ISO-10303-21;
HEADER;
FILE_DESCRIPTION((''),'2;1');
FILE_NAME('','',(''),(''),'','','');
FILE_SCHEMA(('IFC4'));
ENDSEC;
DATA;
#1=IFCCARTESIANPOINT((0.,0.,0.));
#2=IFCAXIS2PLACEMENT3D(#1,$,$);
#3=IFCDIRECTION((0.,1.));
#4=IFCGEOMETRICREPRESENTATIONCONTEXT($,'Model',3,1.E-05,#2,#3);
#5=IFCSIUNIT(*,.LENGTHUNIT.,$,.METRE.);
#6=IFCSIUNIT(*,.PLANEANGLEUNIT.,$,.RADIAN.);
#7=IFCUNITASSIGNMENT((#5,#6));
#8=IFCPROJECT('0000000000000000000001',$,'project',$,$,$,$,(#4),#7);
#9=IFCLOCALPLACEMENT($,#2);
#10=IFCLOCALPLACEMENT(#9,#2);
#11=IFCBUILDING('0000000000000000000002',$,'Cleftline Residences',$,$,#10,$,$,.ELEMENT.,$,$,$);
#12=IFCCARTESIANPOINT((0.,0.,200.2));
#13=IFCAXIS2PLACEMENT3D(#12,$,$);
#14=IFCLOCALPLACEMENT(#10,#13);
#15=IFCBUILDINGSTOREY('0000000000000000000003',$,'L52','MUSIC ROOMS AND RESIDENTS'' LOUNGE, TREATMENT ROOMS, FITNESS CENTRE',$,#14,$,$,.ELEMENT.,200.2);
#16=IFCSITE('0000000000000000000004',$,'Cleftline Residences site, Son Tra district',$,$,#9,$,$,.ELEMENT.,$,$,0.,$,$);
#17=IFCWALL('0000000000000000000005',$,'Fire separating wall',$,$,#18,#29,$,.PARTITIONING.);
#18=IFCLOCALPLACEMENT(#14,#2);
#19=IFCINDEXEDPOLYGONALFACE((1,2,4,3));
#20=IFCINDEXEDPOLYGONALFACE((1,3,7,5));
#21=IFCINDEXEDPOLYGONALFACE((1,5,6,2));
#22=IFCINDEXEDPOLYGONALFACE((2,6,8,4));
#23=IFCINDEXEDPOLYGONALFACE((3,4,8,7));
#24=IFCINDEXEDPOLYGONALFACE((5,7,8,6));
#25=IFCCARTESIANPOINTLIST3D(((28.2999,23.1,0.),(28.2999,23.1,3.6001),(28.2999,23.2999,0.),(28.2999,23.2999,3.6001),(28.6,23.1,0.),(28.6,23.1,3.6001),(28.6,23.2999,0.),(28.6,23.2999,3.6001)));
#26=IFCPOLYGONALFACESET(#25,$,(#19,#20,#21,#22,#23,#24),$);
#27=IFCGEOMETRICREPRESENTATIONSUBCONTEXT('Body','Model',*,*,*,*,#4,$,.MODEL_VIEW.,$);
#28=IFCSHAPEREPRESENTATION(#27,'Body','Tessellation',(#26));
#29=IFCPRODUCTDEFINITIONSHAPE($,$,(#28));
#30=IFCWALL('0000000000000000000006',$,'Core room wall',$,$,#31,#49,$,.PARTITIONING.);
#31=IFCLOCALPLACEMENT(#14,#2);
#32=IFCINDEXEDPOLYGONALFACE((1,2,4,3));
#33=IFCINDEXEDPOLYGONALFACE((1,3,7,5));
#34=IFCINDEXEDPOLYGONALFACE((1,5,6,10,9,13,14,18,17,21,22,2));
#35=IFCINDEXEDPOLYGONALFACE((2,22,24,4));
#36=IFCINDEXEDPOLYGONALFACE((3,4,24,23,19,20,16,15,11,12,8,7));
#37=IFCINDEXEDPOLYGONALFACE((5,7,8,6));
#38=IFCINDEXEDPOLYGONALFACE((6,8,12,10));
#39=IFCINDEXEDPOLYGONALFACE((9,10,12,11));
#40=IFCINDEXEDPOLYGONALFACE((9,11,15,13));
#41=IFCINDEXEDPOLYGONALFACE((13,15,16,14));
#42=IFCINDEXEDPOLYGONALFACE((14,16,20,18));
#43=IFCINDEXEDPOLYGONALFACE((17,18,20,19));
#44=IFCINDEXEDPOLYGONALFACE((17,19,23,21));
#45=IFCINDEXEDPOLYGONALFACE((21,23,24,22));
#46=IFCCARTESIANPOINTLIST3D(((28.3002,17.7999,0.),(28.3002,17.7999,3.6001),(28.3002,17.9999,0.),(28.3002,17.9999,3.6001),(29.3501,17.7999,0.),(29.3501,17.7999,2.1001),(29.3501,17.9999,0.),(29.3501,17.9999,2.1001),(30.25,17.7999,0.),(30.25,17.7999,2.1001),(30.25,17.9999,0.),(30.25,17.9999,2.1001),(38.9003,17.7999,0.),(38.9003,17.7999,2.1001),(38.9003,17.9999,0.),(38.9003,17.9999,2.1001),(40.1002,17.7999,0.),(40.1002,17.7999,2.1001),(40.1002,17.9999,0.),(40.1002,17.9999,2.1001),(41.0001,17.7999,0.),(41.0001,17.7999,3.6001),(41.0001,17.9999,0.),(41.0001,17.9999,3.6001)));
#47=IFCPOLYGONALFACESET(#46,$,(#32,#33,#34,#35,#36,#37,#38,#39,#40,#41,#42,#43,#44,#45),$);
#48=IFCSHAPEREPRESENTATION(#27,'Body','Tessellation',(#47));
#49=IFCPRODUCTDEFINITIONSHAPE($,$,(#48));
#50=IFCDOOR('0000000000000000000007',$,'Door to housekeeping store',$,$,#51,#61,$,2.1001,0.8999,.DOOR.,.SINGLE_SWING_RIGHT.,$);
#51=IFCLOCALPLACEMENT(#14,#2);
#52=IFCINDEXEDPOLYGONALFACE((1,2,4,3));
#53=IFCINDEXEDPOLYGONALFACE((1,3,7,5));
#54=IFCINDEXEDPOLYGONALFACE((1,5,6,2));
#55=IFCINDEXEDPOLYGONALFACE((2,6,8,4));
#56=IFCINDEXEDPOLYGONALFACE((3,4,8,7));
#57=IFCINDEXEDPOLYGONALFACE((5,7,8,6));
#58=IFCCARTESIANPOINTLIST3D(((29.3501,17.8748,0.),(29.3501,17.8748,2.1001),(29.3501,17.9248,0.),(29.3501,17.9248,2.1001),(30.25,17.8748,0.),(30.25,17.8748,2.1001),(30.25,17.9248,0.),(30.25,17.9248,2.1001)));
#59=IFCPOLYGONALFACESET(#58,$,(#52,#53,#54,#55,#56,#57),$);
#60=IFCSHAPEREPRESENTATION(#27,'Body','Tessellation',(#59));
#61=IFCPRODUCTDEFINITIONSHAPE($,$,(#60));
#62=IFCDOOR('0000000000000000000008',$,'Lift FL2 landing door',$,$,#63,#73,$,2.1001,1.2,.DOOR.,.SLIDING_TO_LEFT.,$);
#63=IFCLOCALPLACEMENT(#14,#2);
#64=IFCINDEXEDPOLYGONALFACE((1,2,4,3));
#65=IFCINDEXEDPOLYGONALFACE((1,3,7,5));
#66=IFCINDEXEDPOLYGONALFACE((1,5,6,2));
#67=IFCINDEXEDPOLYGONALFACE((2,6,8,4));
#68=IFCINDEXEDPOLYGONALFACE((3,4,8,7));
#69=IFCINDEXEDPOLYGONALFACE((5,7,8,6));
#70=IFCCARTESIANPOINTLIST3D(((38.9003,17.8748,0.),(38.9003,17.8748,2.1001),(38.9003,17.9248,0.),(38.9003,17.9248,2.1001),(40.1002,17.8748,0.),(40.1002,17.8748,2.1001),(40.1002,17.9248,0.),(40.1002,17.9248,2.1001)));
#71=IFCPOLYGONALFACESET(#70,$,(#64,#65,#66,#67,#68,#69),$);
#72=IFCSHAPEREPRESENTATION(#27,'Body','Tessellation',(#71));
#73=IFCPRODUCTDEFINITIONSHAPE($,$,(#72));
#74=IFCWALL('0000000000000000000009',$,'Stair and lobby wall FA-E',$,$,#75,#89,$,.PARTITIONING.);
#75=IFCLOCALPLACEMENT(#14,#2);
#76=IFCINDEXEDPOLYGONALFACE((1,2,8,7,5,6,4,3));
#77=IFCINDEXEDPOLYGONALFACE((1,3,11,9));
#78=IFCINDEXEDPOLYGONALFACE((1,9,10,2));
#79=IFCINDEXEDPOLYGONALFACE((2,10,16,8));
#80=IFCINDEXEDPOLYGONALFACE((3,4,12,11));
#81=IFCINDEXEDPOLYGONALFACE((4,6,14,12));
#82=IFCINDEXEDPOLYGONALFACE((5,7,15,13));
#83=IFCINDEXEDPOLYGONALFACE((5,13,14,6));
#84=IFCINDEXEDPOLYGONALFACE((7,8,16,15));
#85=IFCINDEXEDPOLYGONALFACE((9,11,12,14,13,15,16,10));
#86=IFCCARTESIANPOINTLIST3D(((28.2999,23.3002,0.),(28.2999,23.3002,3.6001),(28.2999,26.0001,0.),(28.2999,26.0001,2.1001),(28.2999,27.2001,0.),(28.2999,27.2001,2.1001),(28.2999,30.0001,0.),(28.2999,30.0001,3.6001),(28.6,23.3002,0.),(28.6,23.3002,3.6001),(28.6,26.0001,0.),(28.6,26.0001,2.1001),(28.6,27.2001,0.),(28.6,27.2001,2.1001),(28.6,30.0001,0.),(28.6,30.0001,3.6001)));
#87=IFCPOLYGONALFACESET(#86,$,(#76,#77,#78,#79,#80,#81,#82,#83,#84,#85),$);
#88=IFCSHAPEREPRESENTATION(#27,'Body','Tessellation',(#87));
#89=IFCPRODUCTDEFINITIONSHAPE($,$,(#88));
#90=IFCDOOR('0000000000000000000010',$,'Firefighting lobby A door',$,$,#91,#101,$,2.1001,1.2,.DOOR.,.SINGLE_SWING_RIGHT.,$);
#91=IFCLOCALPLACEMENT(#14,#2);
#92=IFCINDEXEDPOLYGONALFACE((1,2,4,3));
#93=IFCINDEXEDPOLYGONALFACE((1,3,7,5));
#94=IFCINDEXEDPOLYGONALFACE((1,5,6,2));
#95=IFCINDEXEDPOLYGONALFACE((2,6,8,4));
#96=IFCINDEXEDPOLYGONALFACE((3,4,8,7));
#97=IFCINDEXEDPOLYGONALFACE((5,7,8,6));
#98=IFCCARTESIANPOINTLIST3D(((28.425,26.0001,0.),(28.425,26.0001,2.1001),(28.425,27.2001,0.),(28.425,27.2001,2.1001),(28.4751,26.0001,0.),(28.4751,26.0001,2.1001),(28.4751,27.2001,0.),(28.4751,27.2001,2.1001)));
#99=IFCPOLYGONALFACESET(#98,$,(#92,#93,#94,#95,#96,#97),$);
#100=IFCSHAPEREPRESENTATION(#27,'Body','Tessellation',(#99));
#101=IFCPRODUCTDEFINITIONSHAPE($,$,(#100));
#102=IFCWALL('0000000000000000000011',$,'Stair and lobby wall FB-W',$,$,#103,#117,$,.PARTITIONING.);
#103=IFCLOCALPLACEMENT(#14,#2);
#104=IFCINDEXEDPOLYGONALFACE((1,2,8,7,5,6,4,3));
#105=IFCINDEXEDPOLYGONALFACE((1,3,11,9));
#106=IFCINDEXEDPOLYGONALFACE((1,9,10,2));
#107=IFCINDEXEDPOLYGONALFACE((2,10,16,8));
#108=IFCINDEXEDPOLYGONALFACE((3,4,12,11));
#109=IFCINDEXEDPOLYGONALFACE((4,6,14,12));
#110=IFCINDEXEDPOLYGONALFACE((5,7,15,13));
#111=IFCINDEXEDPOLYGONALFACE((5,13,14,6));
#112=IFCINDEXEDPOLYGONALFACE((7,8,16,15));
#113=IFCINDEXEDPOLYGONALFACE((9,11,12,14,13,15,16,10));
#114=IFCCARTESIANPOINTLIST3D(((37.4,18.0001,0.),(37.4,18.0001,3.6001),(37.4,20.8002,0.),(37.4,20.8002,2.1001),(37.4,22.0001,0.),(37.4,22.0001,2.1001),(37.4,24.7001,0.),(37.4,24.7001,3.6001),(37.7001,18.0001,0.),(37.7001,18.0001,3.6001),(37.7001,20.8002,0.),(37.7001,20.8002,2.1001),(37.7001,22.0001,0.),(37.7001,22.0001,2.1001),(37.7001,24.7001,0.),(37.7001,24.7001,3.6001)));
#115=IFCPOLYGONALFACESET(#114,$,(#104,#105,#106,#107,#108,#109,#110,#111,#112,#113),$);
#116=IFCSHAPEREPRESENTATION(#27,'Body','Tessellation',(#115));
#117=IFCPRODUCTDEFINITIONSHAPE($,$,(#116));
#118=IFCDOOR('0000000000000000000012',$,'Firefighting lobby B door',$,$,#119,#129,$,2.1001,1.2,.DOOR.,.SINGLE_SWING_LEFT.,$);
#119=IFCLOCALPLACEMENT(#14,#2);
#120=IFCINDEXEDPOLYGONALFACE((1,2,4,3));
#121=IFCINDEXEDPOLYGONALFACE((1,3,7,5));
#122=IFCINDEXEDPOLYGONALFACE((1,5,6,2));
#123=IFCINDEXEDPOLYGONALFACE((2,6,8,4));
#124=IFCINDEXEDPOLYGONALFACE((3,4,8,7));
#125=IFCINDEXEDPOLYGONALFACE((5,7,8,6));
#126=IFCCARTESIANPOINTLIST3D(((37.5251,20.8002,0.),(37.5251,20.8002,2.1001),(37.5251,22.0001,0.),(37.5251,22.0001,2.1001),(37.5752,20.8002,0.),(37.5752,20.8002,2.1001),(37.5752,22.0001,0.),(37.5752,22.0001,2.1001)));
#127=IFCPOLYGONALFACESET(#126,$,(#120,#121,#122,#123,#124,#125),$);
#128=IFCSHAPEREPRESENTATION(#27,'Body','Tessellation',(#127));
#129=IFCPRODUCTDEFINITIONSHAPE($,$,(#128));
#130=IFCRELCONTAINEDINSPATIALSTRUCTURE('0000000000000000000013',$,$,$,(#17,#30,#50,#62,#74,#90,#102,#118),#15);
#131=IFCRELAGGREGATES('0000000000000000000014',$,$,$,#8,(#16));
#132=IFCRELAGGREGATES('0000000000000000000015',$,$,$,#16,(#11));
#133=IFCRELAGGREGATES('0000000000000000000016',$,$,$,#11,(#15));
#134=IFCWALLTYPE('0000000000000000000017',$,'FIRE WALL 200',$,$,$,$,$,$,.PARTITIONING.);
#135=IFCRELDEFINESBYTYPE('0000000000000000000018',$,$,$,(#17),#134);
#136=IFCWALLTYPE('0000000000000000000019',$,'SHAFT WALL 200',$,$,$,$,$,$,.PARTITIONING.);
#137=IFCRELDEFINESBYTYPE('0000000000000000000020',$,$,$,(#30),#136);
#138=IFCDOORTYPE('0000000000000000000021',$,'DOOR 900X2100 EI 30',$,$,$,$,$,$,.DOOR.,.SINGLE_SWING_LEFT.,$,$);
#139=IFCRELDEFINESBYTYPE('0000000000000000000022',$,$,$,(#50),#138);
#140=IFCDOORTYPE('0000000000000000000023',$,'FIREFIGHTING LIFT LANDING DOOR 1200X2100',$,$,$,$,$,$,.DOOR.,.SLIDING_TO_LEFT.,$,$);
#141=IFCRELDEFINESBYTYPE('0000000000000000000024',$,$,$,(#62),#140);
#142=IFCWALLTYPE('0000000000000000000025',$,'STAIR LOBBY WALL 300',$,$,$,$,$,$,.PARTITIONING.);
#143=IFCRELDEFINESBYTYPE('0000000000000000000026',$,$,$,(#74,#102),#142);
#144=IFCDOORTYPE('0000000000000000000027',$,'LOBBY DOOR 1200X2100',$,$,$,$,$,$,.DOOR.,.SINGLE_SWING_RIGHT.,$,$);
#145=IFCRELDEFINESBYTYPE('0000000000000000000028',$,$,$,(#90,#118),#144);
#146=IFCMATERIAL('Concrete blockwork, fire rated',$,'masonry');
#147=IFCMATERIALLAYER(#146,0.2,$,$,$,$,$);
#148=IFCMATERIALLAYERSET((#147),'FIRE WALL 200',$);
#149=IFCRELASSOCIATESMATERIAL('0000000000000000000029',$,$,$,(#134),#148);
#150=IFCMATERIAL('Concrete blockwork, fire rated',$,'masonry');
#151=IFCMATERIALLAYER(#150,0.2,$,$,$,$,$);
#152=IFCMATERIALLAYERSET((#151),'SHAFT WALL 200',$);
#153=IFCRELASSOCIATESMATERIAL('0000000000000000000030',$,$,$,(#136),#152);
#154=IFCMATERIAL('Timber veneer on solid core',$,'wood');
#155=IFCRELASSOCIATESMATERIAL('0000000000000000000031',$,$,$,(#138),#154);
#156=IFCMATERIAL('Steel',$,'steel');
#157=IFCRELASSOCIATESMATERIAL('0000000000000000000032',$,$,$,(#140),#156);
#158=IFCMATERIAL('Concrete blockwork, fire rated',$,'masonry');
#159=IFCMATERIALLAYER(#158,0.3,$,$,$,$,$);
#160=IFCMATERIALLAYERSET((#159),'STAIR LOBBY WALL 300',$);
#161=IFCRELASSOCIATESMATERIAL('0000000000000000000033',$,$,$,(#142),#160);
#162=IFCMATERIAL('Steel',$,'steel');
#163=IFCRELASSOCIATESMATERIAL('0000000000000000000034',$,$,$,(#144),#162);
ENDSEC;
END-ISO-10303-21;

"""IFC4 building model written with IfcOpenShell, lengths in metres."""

from ifc_helpers import new_model, si_unit, direction, frame, frame_2d, origin, place, context, subcontext, project, spatial, rectangle, extrude, material, layer, layer_set, type_object, element, fill, save


model = new_model("IFC4")

# Units and contexts
model_context = context("Model", 3, precision=1e-05, world=origin(), true_north=direction((0.0, 1.0)))
body_context = subcontext(model_context, "Body", "Model", "MODEL_VIEW")
ifc_project = project(units=[si_unit("LENGTHUNIT", "METRE"), si_unit("PLANEANGLEUNIT", "RADIAN")], contexts=[model_context])

# Site, building, storey
site_placement = place(None, origin())
site = spatial("IfcSite", under=ifc_project, at=site_placement, Name="Cleftline Residences site, Son Tra district", CompositionType="ELEMENT", RefElevation=0.0)
building_placement = place(site_placement, origin())
building = spatial("IfcBuilding", under=site, at=building_placement, Name="Cleftline Residences", CompositionType="ELEMENT")
storey_placement = place(building_placement, frame((0.0, 0.0, 200.2)))
storey = spatial("IfcBuildingStorey", under=building, at=storey_placement, Name="L52", Description="MUSIC ROOMS AND RESIDENTS' LOUNGE, TREATMENT ROOMS, FITNESS CENTRE", CompositionType="ELEMENT", Elevation=200.2)

# Wall
ifc_material_1 = material(Name="Concrete blockwork, fire rated", Category="masonry")
ifc_layer_1 = layer(ifc_material_1, 0.2)
ifc_layer_set_1 = layer_set([ifc_layer_1], Name="FIRE WALL 200")
wall_type_1 = type_object("IfcWallType", Name="FIRE WALL 200", PredefinedType="PARTITIONING", material=ifc_layer_set_1)
wall_1_placement = place(storey_placement, frame((28.3, 23.2, 0.0), z_axis=(0.0, 0.0, 1.0), x_axis=(1.0, 0.0, 0.0)))
element("IfcWall", 1, at=wall_1_placement, inside=storey, type_object=wall_type_1, Name="Fire separating wall", PredefinedType="PARTITIONING", context=body_context, shape_type="SweptSolid", body=[
    extrude(rectangle(XDim=0.3, YDim=0.2, at=frame_2d((0.1499, 0.0))), origin(), (0.0, 0.0, 1.0), 3.6001),
])

# Wall, openings, doors
ifc_material_2 = material(Name="Concrete blockwork, fire rated", Category="masonry")
ifc_layer_2 = layer(ifc_material_2, 0.2)
ifc_layer_set_2 = layer_set([ifc_layer_2], Name="SHAFT WALL 200")
wall_type_2 = type_object("IfcWallType", Name="SHAFT WALL 200", PredefinedType="PARTITIONING", material=ifc_layer_set_2)
wall_2_placement = place(storey_placement, frame((28.3, 17.8999, 0.0), z_axis=(0.0, 0.0, 1.0), x_axis=(1.0, 0.0, 0.0)))
wall_2 = element("IfcWall", 2, at=wall_2_placement, inside=storey, type_object=wall_type_2, Name="Core room wall", PredefinedType="PARTITIONING", context=body_context, shape_type="SweptSolid", body=[
    extrude(rectangle(XDim=12.7, YDim=0.2, at=frame_2d((6.3501, 0.0))), origin(), (0.0, 0.0, 1.0), 3.6001),
])
opening_1_placement = place(wall_2_placement, frame((1.05, 0.0, 0.0)))
opening_1 = element("IfcOpeningElement", 3, at=opening_1_placement, cuts=wall_2, PredefinedType="OPENING", context=body_context, shape_type="SweptSolid", body=[
    extrude(rectangle(XDim=0.8999, YDim=2.1001, at=frame_2d((0.45, 1.05))), frame((0.0, 0.1099, 0.0), z_axis=(0.0, -1.0, 0.0), x_axis=(1.0, 0.0, 0.0)), (0.0, 0.0, 1.0), 0.22),
])
opening_2_placement = place(wall_2_placement, frame((10.6001, 0.0, 0.0)))
opening_2 = element("IfcOpeningElement", 4, at=opening_2_placement, cuts=wall_2, PredefinedType="OPENING", context=body_context, shape_type="SweptSolid", body=[
    extrude(rectangle(XDim=1.2, YDim=2.1001, at=frame_2d((0.6001, 1.05))), frame((0.0, 0.1099, 0.0), z_axis=(0.0, -1.0, 0.0), x_axis=(1.0, 0.0, 0.0)), (0.0, 0.0, 1.0), 0.22),
])
ifc_material_3 = material(Name="Timber veneer on solid core", Category="wood")
door_type_1 = type_object("IfcDoorType", Name="DOOR 900X2100 EI 30", OperationType="SINGLE_SWING_LEFT", PredefinedType="DOOR", material=ifc_material_3)
door_1_placement = place(opening_1_placement, origin())
door_1 = element("IfcDoor", 5, at=door_1_placement, inside=storey, type_object=door_type_1, Name="Door to housekeeping store", OperationType="SINGLE_SWING_RIGHT", OverallHeight=2.1001, OverallWidth=0.8999, PredefinedType="DOOR", context=body_context, shape_type="SweptSolid", body=[
    extrude(rectangle(XDim=0.8999, YDim=2.1001, at=frame_2d((0.45, 1.05))), frame((0.0, 0.0249, 0.0), z_axis=(0.0, -1.0, 0.0), x_axis=(1.0, 0.0, 0.0)), (0.0, 0.0, 1.0), 0.05),
])
fill(opening_1, door_1)
ifc_material_4 = material(Name="Steel", Category="steel")
door_type_2 = type_object("IfcDoorType", Name="FIREFIGHTING LIFT LANDING DOOR 1200X2100", OperationType="SLIDING_TO_LEFT", PredefinedType="DOOR", material=ifc_material_4)
door_2_placement = place(opening_2_placement, origin())
door_2 = element("IfcDoor", 6, at=door_2_placement, inside=storey, type_object=door_type_2, Name="Lift FL2 landing door", OperationType="SLIDING_TO_LEFT", OverallHeight=2.1001, OverallWidth=1.2, PredefinedType="DOOR", context=body_context, shape_type="SweptSolid", body=[
    extrude(rectangle(XDim=1.2, YDim=2.1001, at=frame_2d((0.6001, 1.05))), frame((0.0, 0.0249, 0.0), z_axis=(0.0, -1.0, 0.0), x_axis=(1.0, 0.0, 0.0)), (0.0, 0.0, 1.0), 0.05),
])
fill(opening_2, door_2)

# Walls, openings, doors
ifc_material_5 = material(Name="Concrete blockwork, fire rated", Category="masonry")
ifc_layer_3 = layer(ifc_material_5, 0.3)
ifc_layer_set_3 = layer_set([ifc_layer_3], Name="STAIR LOBBY WALL 300")
wall_type_3 = type_object("IfcWallType", Name="STAIR LOBBY WALL 300", PredefinedType="PARTITIONING", material=ifc_layer_set_3)
wall_3_placement = place(storey_placement, frame((28.45, 23.3, 0.0), z_axis=(0.0, 0.0, 1.0), x_axis=(0.0, 1.0, 0.0)))
wall_3 = element("IfcWall", 7, at=wall_3_placement, inside=storey, type_object=wall_type_3, Name="Stair and lobby wall FA-E", PredefinedType="PARTITIONING", context=body_context, shape_type="SweptSolid", body=[
    extrude(rectangle(XDim=6.7, YDim=0.3, at=frame_2d((3.3501, 0.0))), origin(), (0.0, 0.0, 1.0), 3.6001),
])
opening_3_placement = place(wall_3_placement, frame((2.7, 0.0, 0.0)))
opening_3 = element("IfcOpeningElement", 8, at=opening_3_placement, cuts=wall_3, PredefinedType="OPENING", context=body_context, shape_type="SweptSolid", body=[
    extrude(rectangle(XDim=1.2, YDim=2.1001, at=frame_2d((0.6001, 1.05))), frame((0.0, 0.1599, 0.0), z_axis=(0.0, -1.0, 0.0), x_axis=(1.0, 0.0, 0.0)), (0.0, 0.0, 1.0), 0.3201),
])
ifc_material_6 = material(Name="Steel", Category="steel")
door_type_3 = type_object("IfcDoorType", Name="LOBBY DOOR 1200X2100", OperationType="SINGLE_SWING_RIGHT", PredefinedType="DOOR", material=ifc_material_6)
door_3_placement = place(opening_3_placement, origin())
door_3 = element("IfcDoor", 9, at=door_3_placement, inside=storey, type_object=door_type_3, Name="Firefighting lobby A door", OperationType="SINGLE_SWING_RIGHT", OverallHeight=2.1001, OverallWidth=1.2, PredefinedType="DOOR", context=body_context, shape_type="SweptSolid", body=[
    extrude(rectangle(XDim=1.2, YDim=2.1001, at=frame_2d((0.6001, 1.05))), frame((0.0, 0.0249, 0.0), z_axis=(0.0, -1.0, 0.0), x_axis=(1.0, 0.0, 0.0)), (0.0, 0.0, 1.0), 0.05),
])
fill(opening_3, door_3)
wall_4_placement = place(storey_placement, frame((37.55, 18.0, 0.0), z_axis=(0.0, 0.0, 1.0), x_axis=(0.0, 1.0, 0.0)))
wall_4 = element("IfcWall", 10, at=wall_4_placement, inside=storey, type_object=wall_type_3, Name="Stair and lobby wall FB-W", PredefinedType="PARTITIONING", context=body_context, shape_type="SweptSolid", body=[
    extrude(rectangle(XDim=6.7, YDim=0.3, at=frame_2d((3.3501, 0.0))), origin(), (0.0, 0.0, 1.0), 3.6001),
])
opening_4_placement = place(wall_4_placement, frame((2.8, 0.0, 0.0)))
opening_4 = element("IfcOpeningElement", 11, at=opening_4_placement, cuts=wall_4, PredefinedType="OPENING", context=body_context, shape_type="SweptSolid", body=[
    extrude(rectangle(XDim=1.2, YDim=2.1001, at=frame_2d((0.6001, 1.05))), frame((0.0, 0.1599, 0.0), z_axis=(0.0, -1.0, 0.0), x_axis=(1.0, 0.0, 0.0)), (0.0, 0.0, 1.0), 0.3201),
])
door_4_placement = place(opening_4_placement, origin())
door_4 = element("IfcDoor", 12, at=door_4_placement, inside=storey, type_object=door_type_3, Name="Firefighting lobby B door", OperationType="SINGLE_SWING_LEFT", OverallHeight=2.1001, OverallWidth=1.2, PredefinedType="DOOR", context=body_context, shape_type="SweptSolid", body=[
    extrude(rectangle(XDim=1.2, YDim=2.1001, at=frame_2d((0.6001, 1.05))), frame((0.0, 0.0249, 0.0), z_axis=(0.0, -1.0, 0.0), x_axis=(1.0, 0.0, 0.0)), (0.0, 0.0, 1.0), 0.05),
])
fill(opening_4, door_4)

save(model, "model.ifc")
